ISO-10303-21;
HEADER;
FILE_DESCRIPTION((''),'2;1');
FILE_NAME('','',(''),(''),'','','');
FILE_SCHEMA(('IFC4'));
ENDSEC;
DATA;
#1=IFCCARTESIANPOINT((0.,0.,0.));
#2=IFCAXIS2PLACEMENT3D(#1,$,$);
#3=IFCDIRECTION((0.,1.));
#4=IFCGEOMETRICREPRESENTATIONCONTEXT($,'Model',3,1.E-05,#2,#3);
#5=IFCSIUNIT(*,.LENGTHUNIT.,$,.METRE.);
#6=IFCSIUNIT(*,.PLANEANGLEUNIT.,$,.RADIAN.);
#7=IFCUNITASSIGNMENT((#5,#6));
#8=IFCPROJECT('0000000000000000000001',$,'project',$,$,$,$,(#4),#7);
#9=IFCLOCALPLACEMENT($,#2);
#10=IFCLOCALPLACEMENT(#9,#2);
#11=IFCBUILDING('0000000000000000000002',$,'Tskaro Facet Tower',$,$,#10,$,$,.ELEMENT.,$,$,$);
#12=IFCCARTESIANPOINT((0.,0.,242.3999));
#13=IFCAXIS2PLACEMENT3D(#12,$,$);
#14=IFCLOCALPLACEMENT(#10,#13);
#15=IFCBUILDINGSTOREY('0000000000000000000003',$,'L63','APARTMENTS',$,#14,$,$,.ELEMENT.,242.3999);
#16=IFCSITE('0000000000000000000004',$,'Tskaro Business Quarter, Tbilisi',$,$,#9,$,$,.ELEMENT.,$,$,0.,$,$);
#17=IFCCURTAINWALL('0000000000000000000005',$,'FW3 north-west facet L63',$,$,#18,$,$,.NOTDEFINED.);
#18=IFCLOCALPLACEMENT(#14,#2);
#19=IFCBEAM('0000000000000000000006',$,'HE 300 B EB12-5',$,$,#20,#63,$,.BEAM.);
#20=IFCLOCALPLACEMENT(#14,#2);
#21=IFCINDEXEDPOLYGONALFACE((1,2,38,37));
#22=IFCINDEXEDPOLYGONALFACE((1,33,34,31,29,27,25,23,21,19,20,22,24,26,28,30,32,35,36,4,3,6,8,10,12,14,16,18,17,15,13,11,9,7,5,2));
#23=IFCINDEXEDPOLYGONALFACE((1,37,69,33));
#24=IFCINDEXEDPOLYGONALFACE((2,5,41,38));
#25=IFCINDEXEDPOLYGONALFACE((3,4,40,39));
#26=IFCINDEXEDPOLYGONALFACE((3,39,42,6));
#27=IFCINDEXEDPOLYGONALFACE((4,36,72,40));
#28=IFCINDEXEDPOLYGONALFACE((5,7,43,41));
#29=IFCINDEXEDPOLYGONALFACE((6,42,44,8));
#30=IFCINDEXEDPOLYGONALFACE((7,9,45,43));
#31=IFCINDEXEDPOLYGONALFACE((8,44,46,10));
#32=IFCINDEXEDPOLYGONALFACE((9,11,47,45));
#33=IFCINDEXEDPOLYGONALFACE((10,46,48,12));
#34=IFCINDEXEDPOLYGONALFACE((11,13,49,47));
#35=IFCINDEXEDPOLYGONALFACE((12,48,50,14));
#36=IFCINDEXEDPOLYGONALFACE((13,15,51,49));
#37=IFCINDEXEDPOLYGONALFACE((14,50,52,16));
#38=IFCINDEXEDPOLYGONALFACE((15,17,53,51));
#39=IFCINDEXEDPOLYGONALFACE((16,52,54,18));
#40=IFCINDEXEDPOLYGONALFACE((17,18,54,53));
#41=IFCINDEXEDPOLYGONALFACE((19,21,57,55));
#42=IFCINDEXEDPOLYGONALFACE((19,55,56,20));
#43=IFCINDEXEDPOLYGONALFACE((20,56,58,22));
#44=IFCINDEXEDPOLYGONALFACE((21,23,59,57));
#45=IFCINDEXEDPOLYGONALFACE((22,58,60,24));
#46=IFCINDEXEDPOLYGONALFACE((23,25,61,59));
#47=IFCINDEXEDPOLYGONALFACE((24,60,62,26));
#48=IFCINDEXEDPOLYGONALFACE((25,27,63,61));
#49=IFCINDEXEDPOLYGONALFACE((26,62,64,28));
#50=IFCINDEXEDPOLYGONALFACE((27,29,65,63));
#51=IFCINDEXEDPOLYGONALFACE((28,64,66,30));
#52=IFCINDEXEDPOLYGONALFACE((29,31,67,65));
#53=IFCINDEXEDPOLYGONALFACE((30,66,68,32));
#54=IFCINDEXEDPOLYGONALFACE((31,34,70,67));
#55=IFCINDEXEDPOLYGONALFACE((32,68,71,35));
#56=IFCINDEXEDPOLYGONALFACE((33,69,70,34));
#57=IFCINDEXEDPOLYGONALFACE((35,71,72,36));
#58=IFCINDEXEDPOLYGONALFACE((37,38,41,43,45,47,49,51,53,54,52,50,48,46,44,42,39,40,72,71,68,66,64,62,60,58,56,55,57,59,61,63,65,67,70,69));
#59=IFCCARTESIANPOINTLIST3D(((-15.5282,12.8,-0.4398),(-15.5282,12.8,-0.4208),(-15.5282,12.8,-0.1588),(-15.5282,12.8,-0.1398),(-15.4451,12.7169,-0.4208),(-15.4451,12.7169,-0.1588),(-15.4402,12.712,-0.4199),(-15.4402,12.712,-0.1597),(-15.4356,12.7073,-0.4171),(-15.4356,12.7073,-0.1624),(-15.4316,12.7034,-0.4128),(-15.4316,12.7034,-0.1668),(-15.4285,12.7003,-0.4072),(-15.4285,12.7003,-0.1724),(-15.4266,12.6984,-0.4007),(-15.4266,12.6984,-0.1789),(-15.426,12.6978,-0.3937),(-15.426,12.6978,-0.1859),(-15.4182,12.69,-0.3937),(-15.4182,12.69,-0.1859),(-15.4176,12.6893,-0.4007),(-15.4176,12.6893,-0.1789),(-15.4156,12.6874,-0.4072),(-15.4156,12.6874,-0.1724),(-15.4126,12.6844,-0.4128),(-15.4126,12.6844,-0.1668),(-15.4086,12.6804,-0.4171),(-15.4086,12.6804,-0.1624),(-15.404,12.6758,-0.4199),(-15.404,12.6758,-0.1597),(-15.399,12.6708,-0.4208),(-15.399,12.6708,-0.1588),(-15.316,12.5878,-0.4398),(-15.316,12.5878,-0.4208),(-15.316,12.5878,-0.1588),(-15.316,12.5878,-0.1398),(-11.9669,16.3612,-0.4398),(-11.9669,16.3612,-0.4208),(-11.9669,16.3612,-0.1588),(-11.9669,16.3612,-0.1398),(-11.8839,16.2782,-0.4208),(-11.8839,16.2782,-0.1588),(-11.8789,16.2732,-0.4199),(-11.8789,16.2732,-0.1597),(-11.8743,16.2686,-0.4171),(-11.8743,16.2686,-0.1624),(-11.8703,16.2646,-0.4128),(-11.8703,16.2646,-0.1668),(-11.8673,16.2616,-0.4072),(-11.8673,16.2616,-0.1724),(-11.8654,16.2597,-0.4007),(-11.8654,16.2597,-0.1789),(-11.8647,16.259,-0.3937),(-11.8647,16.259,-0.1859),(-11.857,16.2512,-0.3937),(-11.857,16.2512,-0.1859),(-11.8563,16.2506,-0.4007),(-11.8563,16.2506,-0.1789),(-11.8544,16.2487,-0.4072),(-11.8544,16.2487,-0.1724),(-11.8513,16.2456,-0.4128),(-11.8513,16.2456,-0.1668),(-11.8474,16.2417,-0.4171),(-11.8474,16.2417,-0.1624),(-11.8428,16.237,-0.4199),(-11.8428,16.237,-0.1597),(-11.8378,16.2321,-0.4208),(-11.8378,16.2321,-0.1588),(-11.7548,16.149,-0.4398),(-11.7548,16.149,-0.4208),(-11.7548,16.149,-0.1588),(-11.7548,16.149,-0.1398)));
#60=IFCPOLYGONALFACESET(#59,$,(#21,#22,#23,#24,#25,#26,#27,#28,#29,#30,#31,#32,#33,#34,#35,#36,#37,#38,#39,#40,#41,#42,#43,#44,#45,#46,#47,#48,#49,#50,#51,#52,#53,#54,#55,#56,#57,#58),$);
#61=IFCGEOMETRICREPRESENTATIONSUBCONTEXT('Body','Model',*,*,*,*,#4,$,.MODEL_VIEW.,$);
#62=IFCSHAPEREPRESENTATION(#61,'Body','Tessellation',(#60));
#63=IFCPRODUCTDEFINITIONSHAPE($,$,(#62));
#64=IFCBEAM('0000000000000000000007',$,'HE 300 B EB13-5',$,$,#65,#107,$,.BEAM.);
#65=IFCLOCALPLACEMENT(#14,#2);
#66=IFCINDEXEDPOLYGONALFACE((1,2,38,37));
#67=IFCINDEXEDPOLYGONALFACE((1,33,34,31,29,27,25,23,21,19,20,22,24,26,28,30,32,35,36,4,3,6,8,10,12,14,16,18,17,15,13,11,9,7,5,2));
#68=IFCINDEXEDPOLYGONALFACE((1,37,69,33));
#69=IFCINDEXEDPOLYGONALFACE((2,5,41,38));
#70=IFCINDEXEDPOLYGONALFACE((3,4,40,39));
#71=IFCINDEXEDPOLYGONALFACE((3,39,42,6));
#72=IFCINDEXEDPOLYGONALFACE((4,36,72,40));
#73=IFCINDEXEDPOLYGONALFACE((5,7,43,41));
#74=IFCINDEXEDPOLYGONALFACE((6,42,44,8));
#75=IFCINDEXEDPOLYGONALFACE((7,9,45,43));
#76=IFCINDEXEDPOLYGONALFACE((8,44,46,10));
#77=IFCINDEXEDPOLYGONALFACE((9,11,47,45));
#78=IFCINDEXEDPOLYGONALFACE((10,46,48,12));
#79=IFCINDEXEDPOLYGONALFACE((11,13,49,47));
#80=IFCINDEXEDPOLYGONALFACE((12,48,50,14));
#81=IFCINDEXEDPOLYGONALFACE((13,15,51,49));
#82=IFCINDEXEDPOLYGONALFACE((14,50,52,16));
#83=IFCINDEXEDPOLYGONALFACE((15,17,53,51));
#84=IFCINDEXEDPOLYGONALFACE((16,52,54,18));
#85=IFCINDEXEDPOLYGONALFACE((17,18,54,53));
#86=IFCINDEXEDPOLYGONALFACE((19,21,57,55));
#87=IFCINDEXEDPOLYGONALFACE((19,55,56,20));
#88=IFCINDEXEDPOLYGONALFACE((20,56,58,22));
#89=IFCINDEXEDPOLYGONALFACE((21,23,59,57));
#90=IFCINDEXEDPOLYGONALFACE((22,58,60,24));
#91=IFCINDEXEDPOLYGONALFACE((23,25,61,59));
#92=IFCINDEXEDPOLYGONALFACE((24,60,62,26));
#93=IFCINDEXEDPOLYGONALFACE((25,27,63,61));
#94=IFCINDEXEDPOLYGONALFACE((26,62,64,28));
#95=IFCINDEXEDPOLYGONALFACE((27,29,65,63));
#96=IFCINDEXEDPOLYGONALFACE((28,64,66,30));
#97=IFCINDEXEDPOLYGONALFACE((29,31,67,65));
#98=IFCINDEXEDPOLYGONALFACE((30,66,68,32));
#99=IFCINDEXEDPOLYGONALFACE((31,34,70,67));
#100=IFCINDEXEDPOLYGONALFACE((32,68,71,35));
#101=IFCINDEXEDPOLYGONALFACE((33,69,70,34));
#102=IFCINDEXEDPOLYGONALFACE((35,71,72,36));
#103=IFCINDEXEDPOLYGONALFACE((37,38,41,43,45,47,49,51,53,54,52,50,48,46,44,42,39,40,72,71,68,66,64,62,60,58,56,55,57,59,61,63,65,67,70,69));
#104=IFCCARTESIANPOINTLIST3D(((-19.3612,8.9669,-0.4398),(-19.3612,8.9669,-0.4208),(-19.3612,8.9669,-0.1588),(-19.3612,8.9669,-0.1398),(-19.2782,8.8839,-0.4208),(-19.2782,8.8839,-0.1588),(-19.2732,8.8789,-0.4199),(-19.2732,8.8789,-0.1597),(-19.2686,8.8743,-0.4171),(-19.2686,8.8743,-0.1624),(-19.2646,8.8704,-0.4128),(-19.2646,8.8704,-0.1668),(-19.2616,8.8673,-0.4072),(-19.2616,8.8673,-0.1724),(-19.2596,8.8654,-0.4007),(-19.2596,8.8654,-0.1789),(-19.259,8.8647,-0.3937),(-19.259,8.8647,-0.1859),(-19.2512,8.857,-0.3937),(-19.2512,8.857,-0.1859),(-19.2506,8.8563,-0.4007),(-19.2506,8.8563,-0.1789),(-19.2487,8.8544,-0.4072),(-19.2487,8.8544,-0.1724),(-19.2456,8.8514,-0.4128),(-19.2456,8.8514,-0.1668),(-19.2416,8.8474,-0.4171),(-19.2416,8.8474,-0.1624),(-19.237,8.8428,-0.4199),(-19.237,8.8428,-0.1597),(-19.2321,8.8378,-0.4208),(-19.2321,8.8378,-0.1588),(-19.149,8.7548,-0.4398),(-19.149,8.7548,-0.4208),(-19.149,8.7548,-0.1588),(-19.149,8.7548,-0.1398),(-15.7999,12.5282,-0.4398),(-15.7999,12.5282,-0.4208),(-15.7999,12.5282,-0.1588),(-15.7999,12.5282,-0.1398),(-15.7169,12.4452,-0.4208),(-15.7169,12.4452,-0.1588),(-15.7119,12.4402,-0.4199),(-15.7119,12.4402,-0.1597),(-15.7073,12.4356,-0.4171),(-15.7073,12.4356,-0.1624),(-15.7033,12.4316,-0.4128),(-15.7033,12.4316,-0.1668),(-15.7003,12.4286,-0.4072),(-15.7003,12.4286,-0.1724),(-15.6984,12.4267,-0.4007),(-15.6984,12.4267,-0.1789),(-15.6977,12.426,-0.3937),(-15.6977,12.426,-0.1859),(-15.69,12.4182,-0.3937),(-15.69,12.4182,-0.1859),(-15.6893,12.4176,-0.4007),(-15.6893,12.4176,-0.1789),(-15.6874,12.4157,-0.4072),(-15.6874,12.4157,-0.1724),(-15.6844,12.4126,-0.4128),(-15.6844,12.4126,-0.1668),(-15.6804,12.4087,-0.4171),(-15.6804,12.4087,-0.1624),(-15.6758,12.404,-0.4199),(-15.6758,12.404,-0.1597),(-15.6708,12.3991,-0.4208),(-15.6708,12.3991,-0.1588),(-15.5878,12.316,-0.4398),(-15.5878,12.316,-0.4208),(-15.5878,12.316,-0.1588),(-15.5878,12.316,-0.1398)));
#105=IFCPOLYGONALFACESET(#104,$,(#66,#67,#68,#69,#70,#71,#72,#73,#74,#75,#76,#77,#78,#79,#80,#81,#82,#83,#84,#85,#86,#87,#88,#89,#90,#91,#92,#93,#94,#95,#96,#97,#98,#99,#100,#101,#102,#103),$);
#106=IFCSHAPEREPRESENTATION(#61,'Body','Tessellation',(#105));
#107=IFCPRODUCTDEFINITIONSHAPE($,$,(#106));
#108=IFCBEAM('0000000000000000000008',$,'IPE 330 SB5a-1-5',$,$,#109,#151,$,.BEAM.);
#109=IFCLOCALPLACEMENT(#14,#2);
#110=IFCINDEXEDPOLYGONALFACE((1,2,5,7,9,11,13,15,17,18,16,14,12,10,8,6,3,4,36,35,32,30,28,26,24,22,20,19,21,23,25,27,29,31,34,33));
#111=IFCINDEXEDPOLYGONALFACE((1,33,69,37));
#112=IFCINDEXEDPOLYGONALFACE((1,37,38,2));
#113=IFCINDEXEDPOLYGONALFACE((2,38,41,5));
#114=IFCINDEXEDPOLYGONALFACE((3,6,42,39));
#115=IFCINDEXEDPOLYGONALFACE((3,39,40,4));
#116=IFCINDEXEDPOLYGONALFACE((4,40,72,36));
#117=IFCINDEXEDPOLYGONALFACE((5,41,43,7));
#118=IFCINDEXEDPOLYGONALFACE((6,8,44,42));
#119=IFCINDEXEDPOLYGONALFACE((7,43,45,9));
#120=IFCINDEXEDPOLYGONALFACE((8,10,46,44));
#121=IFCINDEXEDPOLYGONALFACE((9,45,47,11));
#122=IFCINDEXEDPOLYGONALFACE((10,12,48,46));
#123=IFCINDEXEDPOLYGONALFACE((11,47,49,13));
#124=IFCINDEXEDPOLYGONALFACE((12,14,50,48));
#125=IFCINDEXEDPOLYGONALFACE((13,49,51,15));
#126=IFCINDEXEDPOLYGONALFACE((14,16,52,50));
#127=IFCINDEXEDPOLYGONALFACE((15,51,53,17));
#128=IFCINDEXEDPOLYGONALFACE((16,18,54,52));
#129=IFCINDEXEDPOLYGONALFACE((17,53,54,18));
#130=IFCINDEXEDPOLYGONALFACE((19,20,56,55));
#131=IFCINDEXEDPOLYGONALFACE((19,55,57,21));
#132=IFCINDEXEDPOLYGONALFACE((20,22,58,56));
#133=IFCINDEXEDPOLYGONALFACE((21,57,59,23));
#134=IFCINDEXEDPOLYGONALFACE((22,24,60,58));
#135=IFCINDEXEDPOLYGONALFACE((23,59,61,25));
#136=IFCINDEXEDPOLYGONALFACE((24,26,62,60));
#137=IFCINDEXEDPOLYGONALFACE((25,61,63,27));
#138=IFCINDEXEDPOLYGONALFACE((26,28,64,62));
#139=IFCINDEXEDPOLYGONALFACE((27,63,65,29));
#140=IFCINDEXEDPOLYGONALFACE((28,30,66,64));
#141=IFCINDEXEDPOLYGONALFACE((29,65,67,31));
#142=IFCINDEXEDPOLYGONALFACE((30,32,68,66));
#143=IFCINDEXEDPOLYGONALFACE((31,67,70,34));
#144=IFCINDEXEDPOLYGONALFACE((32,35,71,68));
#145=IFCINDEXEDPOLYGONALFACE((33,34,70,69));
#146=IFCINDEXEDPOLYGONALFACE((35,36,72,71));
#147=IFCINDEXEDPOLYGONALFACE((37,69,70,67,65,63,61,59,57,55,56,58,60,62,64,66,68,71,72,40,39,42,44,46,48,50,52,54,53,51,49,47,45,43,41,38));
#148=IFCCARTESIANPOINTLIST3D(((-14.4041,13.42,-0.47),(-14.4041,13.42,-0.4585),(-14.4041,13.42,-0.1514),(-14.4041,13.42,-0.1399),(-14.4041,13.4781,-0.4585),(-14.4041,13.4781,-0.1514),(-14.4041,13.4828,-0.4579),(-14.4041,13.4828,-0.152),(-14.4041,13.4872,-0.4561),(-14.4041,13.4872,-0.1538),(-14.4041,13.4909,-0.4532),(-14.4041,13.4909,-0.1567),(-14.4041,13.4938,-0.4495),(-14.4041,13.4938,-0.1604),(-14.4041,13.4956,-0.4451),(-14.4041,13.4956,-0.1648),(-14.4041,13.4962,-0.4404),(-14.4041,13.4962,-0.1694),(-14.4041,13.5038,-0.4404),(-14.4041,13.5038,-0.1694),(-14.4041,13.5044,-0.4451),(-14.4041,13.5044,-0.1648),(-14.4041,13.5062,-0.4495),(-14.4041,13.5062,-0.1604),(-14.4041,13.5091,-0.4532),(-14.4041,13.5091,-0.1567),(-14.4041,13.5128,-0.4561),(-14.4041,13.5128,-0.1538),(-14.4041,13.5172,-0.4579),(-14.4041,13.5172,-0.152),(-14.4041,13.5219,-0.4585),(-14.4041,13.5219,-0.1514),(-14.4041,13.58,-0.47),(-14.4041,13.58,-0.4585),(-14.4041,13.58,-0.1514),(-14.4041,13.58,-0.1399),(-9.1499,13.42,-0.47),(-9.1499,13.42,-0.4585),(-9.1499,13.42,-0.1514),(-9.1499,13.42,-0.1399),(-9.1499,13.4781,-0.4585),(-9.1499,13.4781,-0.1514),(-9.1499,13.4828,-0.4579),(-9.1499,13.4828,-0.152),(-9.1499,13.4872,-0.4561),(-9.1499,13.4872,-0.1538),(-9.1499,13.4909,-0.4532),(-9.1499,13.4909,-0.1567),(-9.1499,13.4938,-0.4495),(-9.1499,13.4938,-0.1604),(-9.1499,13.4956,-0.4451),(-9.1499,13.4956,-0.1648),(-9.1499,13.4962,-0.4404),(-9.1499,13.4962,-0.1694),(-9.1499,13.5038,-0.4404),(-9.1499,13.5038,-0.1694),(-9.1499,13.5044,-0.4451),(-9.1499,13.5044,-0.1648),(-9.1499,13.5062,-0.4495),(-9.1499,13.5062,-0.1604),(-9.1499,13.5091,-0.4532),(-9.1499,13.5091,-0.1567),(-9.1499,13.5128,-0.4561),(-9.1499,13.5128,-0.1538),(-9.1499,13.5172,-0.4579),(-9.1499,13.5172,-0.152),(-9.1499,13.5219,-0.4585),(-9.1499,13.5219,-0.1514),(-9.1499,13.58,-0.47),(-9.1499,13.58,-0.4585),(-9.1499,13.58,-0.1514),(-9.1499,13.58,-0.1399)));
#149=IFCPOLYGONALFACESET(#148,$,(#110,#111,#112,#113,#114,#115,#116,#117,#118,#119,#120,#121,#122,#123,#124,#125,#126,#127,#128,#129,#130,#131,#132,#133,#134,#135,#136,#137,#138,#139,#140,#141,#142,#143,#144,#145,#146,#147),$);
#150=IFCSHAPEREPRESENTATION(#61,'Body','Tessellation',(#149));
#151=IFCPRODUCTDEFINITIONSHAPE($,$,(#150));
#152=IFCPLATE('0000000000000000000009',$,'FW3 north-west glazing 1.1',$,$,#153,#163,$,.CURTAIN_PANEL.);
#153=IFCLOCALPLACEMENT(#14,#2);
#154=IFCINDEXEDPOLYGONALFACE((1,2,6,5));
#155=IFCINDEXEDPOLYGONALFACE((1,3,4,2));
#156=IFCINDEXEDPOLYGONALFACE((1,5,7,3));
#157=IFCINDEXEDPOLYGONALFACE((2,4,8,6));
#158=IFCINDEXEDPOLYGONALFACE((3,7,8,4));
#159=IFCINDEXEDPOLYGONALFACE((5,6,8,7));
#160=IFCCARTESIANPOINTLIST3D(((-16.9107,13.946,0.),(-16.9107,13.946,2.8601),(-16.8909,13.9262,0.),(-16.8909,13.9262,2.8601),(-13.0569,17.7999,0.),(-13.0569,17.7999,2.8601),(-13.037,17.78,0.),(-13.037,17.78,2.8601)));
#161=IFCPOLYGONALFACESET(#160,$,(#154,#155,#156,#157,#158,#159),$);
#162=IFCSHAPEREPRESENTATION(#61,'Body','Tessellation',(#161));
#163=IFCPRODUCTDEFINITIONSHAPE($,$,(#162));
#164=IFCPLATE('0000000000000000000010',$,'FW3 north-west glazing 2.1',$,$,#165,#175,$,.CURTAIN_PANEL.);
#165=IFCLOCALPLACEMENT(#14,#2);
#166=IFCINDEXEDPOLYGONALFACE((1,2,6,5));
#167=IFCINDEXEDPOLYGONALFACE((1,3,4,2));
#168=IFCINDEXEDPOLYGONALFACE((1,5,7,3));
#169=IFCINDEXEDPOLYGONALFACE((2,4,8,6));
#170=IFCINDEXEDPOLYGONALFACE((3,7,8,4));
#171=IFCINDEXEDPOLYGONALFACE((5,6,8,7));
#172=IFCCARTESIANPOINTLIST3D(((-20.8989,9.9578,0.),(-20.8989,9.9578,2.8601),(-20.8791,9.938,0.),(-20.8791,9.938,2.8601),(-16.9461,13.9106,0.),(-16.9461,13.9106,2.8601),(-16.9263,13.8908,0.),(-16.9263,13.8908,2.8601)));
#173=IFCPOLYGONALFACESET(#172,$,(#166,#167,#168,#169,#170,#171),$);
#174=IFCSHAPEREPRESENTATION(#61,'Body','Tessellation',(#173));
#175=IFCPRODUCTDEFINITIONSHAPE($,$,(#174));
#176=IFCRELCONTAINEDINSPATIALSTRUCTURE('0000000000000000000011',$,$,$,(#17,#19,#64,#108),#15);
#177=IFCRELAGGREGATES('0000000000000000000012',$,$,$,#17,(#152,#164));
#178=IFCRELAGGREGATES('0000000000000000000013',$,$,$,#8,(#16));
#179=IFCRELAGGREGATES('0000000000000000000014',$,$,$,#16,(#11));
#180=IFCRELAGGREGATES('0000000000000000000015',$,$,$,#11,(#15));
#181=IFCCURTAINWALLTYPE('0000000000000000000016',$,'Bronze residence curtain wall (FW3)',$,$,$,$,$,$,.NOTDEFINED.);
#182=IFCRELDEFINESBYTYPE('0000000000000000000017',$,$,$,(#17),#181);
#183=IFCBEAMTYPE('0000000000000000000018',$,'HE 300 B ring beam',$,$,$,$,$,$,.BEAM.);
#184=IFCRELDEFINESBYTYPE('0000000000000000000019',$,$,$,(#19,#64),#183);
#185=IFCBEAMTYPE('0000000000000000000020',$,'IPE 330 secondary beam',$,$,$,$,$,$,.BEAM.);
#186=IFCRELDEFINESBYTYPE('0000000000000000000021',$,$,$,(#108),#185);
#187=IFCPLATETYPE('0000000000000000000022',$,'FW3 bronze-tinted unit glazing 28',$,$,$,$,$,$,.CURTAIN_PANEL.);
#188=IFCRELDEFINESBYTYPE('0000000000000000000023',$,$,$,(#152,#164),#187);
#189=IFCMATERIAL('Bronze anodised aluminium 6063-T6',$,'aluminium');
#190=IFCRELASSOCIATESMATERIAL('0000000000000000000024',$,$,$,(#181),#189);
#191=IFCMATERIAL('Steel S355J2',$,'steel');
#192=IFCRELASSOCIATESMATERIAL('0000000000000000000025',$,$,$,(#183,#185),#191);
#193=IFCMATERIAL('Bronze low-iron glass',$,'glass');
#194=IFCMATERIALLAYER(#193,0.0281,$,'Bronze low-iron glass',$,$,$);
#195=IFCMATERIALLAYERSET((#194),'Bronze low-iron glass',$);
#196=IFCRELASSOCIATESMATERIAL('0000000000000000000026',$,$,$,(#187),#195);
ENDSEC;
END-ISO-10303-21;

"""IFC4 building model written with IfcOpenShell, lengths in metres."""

from ifc_helpers import new_model, si_unit, direction, frame, origin, origin_2d, place, context, subcontext, project, spatial, rectangle, i_section, extrude, material, layer, layer_set, material_profile, profile_set, type_object, element, aggregate, save


model = new_model("IFC4")

# Units and contexts
model_context = context("Model", 3, precision=1e-05, world=origin(), true_north=direction((0.0, 1.0)))
body_context = subcontext(model_context, "Body", "Model", "MODEL_VIEW")
ifc_project = project(units=[si_unit("LENGTHUNIT", "METRE"), si_unit("PLANEANGLEUNIT", "RADIAN")], contexts=[model_context])

# Site, building, storey
site_placement = place(None, origin())
site = spatial("IfcSite", under=ifc_project, at=site_placement, Name="Tskaro Business Quarter, Tbilisi", CompositionType="ELEMENT", RefElevation=0.0)
building_placement = place(site_placement, origin())
building = spatial("IfcBuilding", under=site, at=building_placement, Name="Tskaro Facet Tower", CompositionType="ELEMENT")
storey_placement = place(building_placement, frame((0.0, 0.0, 242.3999)))
storey = spatial("IfcBuildingStorey", under=building, at=storey_placement, Name="L63", Description="APARTMENTS", CompositionType="ELEMENT", Elevation=242.3999)

# Shared definitions
ifc_material_1 = material(Name="Steel S355J2", Category="steel")

# Curtain wall
ifc_material_2 = material(Name="Bronze anodised aluminium 6063-T6", Category="aluminium")
curtain_wall_type = type_object("IfcCurtainWallType", Name="Bronze residence curtain wall (FW3)", PredefinedType="NOTDEFINED", material=ifc_material_2)
curtain_wall_1_placement = place(storey_placement, origin())
curtain_wall_1 = element("IfcCurtainWall", 1, at=curtain_wall_1_placement, inside=storey, type_object=curtain_wall_type, Name="FW3 north-west facet L63", PredefinedType="NOTDEFINED")

# Beams
ifc_material_profile_1 = material_profile(ifc_material_1, i_section(OverallWidth=0.3, OverallDepth=0.3, WebThickness=0.011, FlangeThickness=0.019, FilletRadius=0.0271, at=origin_2d()), Name="HE 300 B")
ifc_profile_set_1 = profile_set([ifc_material_profile_1], Name="Steel S355J2")
beam_type_1 = type_object("IfcBeamType", Name="HE 300 B ring beam", PredefinedType="BEAM", material=ifc_profile_set_1)
for number, where, z_axis, x_axis, name in (
    (2, (-11.8608, 16.2551, -0.2898), (-0.707107, -0.707107, 0.0), (0.707107, -0.707107, 0.0), "HE 300 B EB12-5"),
    (3, (-15.6938, 12.4221, -0.2898), (-0.707107, -0.707107, 0.0), (0.707107, -0.707107, 0.0), "HE 300 B EB13-5"),
):
    element("IfcBeam", number, at=place(storey_placement, frame(where, z_axis=z_axis, x_axis=x_axis)), inside=storey, type_object=beam_type_1, Name=name, PredefinedType="BEAM", context=body_context, shape_type="SweptSolid", body=[
        extrude(i_section(OverallWidth=0.3, OverallDepth=0.3, WebThickness=0.011, FlangeThickness=0.019, FilletRadius=0.0271, at=origin_2d()), origin(), (0.0, 0.0, 1.0), 5.0364),
    ])
ifc_material_profile_2 = material_profile(ifc_material_1, i_section(OverallWidth=0.1599, OverallDepth=0.3301, WebThickness=0.0076, FlangeThickness=0.0115, FilletRadius=0.0181, at=origin_2d()), Name="IPE 330")
ifc_profile_set_2 = profile_set([ifc_material_profile_2], Name="Steel S355J2")
beam_type_2 = type_object("IfcBeamType", Name="IPE 330 secondary beam", PredefinedType="BEAM", material=ifc_profile_set_2)
beam_placement = place(storey_placement, frame((-14.4041, 13.5, -0.3049), z_axis=(1.0, 0.0, 0.0), x_axis=(0.0, 1.0, 0.0)))
element("IfcBeam", 4, at=beam_placement, inside=storey, type_object=beam_type_2, Name="IPE 330 SB5a-1-5", PredefinedType="BEAM", context=body_context, shape_type="SweptSolid", body=[
    extrude(i_section(OverallWidth=0.1599, OverallDepth=0.3301, WebThickness=0.0076, FlangeThickness=0.0115, FilletRadius=0.0181, at=origin_2d()), origin(), (0.0, 0.0, 1.0), 5.2542),
])

# Plates
ifc_material_3 = material(Name="Bronze low-iron glass", Category="glass")
ifc_layer_1 = layer(ifc_material_3, 0.0281, Name="Bronze low-iron glass")
ifc_layer_set_1 = layer_set([ifc_layer_1], Name="Bronze low-iron glass")
plate_type = type_object("IfcPlateType", Name="FW3 bronze-tinted unit glazing 28", PredefinedType="CURTAIN_PANEL", material=ifc_layer_set_1)
plate_1_placement = place(storey_placement, frame((-14.9739, 15.863, 0.0), z_axis=(0.0, 0.0, 1.0), x_axis=(-0.707107, -0.707107, 0.0)))
plate_1 = element("IfcPlate", 5, at=plate_1_placement, type_object=plate_type, Name="FW3 north-west glazing 1.1", PredefinedType="CURTAIN_PANEL", context=body_context, shape_type="SweptSolid", body=[
    extrude(rectangle(XDim=5.4502, YDim=0.0281, at=origin_2d()), origin(), (0.0, 0.0, 1.0), 2.8601),
])
plate_2_placement = place(storey_placement, frame((-18.9126, 11.9243, 0.0), z_axis=(0.0, 0.0, 1.0), x_axis=(-0.707107, -0.707107, 0.0)))
plate_2 = element("IfcPlate", 6, at=plate_2_placement, type_object=plate_type, Name="FW3 north-west glazing 2.1", PredefinedType="CURTAIN_PANEL", context=body_context, shape_type="SweptSolid", body=[
    extrude(rectangle(XDim=5.5901, YDim=0.0281, at=origin_2d()), origin(), (0.0, 0.0, 1.0), 2.8601),
])
aggregate(curtain_wall_1, [plate_1, plate_2])

save(model, "model.ifc")
